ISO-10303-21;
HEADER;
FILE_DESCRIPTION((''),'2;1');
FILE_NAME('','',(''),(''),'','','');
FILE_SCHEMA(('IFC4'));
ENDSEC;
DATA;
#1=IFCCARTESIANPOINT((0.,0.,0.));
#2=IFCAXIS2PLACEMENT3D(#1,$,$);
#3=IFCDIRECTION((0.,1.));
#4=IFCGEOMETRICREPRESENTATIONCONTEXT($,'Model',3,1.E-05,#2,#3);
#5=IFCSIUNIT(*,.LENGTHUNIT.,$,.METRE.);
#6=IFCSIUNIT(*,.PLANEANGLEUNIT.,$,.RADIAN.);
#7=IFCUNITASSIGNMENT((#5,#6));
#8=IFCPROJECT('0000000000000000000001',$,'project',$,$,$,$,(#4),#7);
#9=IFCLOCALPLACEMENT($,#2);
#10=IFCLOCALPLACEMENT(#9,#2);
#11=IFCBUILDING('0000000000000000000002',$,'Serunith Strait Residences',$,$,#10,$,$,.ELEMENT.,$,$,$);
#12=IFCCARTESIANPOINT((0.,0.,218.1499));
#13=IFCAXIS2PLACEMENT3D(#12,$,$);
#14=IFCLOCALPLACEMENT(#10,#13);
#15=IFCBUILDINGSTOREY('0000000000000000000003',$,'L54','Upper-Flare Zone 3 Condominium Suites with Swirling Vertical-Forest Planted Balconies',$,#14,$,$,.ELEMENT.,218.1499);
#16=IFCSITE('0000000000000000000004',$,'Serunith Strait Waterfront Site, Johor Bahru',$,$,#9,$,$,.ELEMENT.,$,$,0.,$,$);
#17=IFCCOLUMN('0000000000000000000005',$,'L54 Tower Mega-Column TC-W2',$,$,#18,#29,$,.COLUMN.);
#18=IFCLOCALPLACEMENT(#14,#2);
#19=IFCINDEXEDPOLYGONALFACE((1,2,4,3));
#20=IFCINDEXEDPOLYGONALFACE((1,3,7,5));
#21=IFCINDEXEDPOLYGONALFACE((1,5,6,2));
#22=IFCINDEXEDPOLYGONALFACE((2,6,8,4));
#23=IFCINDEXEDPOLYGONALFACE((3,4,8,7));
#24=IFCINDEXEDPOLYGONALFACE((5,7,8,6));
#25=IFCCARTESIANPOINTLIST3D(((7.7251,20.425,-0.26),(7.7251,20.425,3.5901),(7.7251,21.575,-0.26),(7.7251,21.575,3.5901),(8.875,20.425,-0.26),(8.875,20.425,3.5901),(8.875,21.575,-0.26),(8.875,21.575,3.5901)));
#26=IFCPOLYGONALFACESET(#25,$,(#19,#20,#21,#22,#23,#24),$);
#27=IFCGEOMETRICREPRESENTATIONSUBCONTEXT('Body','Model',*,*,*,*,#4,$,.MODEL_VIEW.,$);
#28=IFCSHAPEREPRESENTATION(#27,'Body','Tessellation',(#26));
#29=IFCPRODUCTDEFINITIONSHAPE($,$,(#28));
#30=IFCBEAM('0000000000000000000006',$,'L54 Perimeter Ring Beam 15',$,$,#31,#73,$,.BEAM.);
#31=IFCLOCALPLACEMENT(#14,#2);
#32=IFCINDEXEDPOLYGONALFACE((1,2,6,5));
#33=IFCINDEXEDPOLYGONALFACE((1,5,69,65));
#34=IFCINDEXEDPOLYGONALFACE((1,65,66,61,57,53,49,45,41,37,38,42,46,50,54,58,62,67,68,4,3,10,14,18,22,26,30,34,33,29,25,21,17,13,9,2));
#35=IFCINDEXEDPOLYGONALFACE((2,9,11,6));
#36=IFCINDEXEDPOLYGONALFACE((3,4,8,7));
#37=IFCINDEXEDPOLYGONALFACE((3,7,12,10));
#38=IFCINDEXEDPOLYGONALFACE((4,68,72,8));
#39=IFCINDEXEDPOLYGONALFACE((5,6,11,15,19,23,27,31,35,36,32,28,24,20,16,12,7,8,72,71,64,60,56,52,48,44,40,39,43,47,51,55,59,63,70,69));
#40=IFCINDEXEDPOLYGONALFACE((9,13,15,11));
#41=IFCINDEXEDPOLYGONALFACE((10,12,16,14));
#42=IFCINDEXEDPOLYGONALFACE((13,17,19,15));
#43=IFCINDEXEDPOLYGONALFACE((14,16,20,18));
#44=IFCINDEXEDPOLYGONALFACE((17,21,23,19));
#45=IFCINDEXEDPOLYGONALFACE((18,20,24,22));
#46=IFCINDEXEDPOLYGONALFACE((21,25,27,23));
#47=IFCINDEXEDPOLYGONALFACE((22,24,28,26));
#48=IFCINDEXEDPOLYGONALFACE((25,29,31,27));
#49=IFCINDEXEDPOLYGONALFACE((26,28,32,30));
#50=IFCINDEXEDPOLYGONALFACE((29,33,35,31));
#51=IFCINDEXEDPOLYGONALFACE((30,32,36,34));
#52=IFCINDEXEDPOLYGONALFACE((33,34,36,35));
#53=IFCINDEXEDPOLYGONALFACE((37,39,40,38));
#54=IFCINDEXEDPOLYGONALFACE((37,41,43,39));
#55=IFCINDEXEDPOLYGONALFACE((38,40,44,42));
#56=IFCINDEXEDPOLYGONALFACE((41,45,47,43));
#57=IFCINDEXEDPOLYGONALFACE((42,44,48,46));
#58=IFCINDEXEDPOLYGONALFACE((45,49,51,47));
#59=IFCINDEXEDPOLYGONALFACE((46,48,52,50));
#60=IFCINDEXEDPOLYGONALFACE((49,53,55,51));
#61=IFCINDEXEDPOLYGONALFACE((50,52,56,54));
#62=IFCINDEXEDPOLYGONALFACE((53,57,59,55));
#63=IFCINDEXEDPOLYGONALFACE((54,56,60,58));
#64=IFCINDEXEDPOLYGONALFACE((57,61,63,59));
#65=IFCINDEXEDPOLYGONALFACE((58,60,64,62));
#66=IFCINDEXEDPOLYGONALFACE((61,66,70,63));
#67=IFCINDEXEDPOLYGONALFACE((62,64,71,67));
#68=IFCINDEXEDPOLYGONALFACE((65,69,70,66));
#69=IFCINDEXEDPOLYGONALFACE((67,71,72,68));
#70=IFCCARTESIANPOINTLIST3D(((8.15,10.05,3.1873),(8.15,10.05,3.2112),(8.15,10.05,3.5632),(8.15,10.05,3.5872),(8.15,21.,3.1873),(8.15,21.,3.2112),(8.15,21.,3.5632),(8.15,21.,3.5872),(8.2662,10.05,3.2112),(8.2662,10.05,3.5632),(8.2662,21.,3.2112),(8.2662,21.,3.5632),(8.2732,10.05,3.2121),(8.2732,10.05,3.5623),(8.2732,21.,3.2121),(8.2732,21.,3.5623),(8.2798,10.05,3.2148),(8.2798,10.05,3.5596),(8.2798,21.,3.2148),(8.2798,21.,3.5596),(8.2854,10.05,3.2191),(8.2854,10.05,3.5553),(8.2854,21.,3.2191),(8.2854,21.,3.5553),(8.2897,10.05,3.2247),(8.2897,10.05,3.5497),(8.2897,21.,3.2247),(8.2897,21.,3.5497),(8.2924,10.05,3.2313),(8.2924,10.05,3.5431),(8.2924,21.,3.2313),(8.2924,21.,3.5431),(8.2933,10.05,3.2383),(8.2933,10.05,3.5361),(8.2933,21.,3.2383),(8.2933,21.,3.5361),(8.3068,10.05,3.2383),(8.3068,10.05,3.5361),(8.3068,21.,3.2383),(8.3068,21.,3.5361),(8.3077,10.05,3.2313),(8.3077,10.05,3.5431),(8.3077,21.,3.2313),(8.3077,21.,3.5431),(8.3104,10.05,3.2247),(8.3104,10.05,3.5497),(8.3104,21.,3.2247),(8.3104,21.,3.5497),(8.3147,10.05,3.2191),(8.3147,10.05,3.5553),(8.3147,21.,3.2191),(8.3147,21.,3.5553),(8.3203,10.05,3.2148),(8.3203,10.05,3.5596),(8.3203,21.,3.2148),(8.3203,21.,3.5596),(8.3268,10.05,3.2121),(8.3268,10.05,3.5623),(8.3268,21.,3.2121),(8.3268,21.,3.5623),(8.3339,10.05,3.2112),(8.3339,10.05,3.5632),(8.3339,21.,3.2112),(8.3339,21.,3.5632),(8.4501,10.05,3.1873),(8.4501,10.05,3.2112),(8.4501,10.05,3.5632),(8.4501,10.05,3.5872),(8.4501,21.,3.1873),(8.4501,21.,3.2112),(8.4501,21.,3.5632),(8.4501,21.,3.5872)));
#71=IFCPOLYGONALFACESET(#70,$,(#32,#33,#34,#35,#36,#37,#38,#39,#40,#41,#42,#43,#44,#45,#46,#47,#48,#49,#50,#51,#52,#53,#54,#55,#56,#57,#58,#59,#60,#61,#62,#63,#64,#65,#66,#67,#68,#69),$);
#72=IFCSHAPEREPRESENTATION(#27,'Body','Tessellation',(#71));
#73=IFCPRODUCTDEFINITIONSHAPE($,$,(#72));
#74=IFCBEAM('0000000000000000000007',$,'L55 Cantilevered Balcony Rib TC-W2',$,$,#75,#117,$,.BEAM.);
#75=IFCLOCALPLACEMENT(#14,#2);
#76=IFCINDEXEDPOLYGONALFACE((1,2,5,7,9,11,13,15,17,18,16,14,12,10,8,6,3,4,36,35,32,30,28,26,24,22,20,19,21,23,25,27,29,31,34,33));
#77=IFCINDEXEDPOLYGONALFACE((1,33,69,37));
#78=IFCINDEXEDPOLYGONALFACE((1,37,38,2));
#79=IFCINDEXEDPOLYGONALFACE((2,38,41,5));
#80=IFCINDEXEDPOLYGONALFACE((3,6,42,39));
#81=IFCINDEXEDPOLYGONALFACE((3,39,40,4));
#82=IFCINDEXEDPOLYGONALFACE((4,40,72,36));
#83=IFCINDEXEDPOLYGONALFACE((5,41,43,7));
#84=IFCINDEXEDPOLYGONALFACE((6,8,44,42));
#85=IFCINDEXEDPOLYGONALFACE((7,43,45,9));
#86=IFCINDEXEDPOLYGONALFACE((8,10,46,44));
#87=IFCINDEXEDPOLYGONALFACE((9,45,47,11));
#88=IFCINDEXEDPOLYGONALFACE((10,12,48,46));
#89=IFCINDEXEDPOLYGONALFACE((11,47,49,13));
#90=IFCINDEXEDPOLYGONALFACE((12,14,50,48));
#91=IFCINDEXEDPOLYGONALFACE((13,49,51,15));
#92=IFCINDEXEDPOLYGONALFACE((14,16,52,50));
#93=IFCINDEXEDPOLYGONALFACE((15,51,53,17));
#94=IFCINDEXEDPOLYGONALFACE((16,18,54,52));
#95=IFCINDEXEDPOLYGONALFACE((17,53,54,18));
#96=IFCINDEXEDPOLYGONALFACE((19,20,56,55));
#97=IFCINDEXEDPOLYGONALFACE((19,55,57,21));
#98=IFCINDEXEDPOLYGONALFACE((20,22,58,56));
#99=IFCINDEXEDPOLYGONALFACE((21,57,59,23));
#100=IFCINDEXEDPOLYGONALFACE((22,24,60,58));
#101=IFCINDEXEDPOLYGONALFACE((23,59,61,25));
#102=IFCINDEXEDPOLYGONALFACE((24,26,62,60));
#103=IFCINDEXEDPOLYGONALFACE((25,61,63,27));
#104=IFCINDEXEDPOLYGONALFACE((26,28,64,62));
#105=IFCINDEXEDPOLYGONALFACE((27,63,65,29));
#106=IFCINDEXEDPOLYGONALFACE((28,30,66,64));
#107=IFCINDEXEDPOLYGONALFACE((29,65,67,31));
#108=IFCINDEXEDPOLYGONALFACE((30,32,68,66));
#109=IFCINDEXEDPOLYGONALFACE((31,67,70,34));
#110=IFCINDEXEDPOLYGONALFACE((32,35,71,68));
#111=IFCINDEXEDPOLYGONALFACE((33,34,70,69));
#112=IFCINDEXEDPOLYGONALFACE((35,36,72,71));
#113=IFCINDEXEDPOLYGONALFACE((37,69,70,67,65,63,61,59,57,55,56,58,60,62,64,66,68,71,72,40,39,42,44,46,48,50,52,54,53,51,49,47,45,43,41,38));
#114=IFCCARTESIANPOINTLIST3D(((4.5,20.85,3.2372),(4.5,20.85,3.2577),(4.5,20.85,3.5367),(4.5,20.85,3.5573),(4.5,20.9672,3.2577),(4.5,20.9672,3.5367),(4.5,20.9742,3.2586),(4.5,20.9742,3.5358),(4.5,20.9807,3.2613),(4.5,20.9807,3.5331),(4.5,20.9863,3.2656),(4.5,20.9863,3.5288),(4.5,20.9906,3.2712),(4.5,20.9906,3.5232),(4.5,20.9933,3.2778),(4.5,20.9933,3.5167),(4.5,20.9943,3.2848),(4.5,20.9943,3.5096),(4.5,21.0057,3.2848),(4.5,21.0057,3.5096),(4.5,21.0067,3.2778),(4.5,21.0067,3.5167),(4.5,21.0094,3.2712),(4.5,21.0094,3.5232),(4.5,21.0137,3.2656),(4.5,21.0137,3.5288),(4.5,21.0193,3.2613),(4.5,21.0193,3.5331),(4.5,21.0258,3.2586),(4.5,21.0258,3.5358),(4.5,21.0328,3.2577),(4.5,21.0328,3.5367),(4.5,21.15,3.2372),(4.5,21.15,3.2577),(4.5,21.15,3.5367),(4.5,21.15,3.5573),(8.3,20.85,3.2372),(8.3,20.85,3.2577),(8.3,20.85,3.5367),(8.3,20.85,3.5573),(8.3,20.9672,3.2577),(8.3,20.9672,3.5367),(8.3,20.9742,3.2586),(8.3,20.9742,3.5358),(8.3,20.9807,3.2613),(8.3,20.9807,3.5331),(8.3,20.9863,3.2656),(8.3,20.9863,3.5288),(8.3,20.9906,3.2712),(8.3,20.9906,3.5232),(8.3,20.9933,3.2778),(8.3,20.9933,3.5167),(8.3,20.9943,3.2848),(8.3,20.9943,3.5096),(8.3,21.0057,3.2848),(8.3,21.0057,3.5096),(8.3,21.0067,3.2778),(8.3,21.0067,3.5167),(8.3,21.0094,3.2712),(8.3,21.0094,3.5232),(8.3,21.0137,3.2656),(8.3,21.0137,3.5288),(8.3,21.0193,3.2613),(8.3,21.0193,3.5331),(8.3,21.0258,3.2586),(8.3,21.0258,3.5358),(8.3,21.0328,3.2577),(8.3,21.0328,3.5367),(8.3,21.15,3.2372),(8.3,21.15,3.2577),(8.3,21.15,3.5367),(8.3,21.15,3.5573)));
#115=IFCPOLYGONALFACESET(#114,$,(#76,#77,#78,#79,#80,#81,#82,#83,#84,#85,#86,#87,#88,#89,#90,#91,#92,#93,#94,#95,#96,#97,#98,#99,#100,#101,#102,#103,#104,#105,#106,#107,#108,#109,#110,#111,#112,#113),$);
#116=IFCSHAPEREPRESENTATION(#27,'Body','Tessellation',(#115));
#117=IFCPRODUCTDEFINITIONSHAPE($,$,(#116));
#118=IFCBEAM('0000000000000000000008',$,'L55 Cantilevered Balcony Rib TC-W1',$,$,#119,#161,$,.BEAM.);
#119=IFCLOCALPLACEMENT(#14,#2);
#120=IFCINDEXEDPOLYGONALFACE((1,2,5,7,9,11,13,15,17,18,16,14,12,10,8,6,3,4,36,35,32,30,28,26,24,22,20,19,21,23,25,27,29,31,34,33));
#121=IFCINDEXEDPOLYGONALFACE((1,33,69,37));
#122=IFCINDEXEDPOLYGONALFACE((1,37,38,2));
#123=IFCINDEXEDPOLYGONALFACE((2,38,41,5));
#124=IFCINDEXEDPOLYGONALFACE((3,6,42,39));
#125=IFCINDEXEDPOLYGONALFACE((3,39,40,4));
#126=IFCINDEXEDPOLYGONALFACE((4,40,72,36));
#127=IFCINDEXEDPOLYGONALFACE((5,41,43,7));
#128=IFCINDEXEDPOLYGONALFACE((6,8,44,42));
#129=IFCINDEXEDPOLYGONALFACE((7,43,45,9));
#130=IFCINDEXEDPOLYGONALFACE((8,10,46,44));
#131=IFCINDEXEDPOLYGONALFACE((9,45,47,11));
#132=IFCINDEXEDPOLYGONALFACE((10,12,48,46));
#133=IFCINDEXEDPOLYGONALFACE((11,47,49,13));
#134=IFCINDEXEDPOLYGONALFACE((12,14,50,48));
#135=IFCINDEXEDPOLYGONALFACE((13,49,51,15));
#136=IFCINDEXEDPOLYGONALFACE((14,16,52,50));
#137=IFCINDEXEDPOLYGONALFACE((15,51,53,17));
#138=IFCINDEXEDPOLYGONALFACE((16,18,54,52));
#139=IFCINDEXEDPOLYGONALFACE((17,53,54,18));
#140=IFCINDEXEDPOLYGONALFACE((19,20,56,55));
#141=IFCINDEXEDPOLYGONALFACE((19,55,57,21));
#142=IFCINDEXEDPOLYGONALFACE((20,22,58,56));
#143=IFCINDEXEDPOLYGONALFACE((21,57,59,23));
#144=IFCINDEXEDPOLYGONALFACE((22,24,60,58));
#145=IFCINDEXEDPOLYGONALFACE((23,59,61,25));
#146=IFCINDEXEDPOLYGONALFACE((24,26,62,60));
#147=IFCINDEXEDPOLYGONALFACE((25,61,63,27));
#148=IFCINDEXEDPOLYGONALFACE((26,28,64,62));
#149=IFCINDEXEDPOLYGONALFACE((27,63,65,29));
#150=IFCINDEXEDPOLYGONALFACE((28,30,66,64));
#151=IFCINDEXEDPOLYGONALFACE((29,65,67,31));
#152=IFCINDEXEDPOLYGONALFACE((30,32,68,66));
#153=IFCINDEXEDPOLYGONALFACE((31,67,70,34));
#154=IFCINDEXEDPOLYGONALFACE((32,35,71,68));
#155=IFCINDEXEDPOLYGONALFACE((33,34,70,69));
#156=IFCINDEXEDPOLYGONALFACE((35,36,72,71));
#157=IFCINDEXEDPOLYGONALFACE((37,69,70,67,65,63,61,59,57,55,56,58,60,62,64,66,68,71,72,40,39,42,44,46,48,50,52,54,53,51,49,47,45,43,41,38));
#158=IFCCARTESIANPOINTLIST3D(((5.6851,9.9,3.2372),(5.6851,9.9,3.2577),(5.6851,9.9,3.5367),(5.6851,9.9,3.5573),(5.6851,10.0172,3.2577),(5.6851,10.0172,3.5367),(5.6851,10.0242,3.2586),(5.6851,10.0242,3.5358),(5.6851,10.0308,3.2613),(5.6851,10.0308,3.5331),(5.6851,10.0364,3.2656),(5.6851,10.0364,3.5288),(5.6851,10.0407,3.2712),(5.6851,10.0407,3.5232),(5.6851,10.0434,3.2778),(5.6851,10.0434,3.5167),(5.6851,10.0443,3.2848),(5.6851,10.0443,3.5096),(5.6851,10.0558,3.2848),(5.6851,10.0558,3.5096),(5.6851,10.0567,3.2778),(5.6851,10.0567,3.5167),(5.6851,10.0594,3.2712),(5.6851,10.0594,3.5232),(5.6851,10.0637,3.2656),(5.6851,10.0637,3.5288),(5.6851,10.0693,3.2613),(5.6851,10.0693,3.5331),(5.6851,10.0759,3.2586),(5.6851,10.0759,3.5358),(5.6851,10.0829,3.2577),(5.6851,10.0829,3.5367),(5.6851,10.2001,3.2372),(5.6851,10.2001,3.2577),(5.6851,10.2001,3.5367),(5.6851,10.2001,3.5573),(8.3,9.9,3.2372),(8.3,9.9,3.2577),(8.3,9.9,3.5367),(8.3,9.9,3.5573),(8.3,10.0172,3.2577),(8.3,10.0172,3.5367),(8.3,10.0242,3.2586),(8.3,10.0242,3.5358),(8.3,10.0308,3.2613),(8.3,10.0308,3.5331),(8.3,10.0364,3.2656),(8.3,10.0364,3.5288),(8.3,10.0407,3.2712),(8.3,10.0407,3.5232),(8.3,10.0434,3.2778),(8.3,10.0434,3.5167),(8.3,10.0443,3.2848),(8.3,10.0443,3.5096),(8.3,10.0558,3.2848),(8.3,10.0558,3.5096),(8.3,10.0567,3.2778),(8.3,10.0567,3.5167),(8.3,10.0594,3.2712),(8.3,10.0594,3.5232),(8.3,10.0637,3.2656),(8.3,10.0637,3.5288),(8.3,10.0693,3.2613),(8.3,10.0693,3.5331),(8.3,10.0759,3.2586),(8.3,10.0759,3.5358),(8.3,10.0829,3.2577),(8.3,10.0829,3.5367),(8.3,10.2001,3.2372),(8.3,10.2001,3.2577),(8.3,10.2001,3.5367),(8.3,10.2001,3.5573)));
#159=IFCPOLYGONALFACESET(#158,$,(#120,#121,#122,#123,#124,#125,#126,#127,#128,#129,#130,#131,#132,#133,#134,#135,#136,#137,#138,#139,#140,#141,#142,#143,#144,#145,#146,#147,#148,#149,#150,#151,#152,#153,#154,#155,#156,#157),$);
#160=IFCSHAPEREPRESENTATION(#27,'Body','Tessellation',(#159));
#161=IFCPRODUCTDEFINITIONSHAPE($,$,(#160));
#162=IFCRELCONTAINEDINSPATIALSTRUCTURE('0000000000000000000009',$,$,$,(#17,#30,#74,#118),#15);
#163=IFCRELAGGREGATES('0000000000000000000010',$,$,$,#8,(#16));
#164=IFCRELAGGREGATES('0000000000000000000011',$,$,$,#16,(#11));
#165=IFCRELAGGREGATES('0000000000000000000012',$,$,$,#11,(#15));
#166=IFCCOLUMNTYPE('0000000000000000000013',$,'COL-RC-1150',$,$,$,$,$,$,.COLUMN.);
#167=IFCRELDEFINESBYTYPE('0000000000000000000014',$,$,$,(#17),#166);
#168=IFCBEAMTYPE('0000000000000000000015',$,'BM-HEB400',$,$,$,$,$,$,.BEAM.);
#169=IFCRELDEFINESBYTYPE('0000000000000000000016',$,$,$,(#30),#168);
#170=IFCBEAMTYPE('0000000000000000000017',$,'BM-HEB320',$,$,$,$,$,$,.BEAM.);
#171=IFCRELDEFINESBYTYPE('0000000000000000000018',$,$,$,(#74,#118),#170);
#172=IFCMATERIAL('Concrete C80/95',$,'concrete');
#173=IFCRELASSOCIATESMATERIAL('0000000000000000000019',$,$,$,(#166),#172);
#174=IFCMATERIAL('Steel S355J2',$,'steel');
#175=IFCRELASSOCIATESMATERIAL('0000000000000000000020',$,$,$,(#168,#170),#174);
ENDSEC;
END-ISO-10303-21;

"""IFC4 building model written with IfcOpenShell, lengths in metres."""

from ifc_helpers import new_model, si_unit, direction, frame, origin, origin_2d, place, context, subcontext, project, spatial, rectangle, i_section, extrude, source, transform, mapped, material, material_profile, profile_set, type_object, element, save


model = new_model("IFC4")

# Units and contexts
model_context = context("Model", 3, precision=1e-05, world=origin(), true_north=direction((0.0, 1.0)))
body_context = subcontext(model_context, "Body", "Model", "MODEL_VIEW")
ifc_project = project(units=[si_unit("LENGTHUNIT", "METRE"), si_unit("PLANEANGLEUNIT", "RADIAN")], contexts=[model_context])

# Site, building, storey
site_placement = place(None, origin())
site = spatial("IfcSite", under=ifc_project, at=site_placement, Name="Serunith Strait Waterfront Site, Johor Bahru", CompositionType="ELEMENT", RefElevation=0.0)
building_placement = place(site_placement, origin())
building = spatial("IfcBuilding", under=site, at=building_placement, Name="Serunith Strait Residences", CompositionType="ELEMENT")
storey_placement = place(building_placement, frame((0.0, 0.0, 218.1499)))
storey = spatial("IfcBuildingStorey", under=building, at=storey_placement, Name="L54", Description="Upper-Flare Zone 3 Condominium Suites with Swirling Vertical-Forest Planted Balconies", CompositionType="ELEMENT", Elevation=218.1499)

# Column
ifc_material_1 = material(Name="Concrete C80/95", Category="concrete")
ifc_material_profile_1 = material_profile(ifc_material_1, rectangle(XDim=1.1499, YDim=1.1499, at=origin_2d()), Name="RC 1150x1150")
ifc_profile_set_1 = profile_set([ifc_material_profile_1], Name="Concrete C80/95")
column_type = type_object("IfcColumnType", Name="COL-RC-1150", PredefinedType="COLUMN", material=ifc_profile_set_1)
shared_shape_1 = source(origin(), body_context, "Body", "SweptSolid", [
    extrude(rectangle(XDim=1.1499, YDim=1.1499, at=origin_2d()), origin(), (0.0, 0.0, 1.0), 3.8501),
])
column_placement = place(storey_placement, frame((8.3, 21.0, -0.26), z_axis=(0.0, 0.0, 1.0), x_axis=(1.0, 0.0, 0.0)))
element("IfcColumn", 1, at=column_placement, inside=storey, type_object=column_type, Name="L54 Tower Mega-Column TC-W2", PredefinedType="COLUMN", context=body_context, shape_type="MappedRepresentation", body=[
    mapped(shared_shape_1, transform((0.0, 0.0, 0.0), scale=1.0)),
])

# Beams
ifc_material_2 = material(Name="Steel S355J2", Category="steel")
ifc_material_profile_2 = material_profile(ifc_material_2, i_section(OverallWidth=0.3, OverallDepth=0.3999, WebThickness=0.0134, FlangeThickness=0.0239, FilletRadius=0.0271, at=origin_2d()), Name="HEB 400")
ifc_profile_set_2 = profile_set([ifc_material_profile_2], Name="Steel S355J2")
beam_type_1 = type_object("IfcBeamType", Name="BM-HEB400", PredefinedType="BEAM", material=ifc_profile_set_2)
shared_shape_2 = source(origin(), body_context, "Body", "SweptSolid", [
    extrude(i_section(OverallWidth=0.3, OverallDepth=0.3999, WebThickness=0.0134, FlangeThickness=0.0239, FilletRadius=0.0271, at=origin_2d()), origin(), (0.0, 0.0, 1.0), 10.95),
])
beam_1_placement = place(storey_placement, frame((8.3, 21.0, 3.3872), z_axis=(0.0, -1.0, 0.0), x_axis=(1.0, 0.0, 0.0)))
element("IfcBeam", 2, at=beam_1_placement, inside=storey, type_object=beam_type_1, Name="L54 Perimeter Ring Beam 15", PredefinedType="BEAM", context=body_context, shape_type="MappedRepresentation", body=[
    mapped(shared_shape_2, transform((0.0, 0.0, 0.0), scale=1.0)),
])
ifc_material_profile_3 = material_profile(ifc_material_2, i_section(OverallWidth=0.3, OverallDepth=0.3201, WebThickness=0.0115, FlangeThickness=0.0205, FilletRadius=0.0271, at=origin_2d()), Name="HEB 320")
ifc_profile_set_3 = profile_set([ifc_material_profile_3], Name="Steel S355J2")
beam_type_2 = type_object("IfcBeamType", Name="BM-HEB320", PredefinedType="BEAM", material=ifc_profile_set_3)
shared_shape_3 = source(origin(), body_context, "Body", "SweptSolid", [
    extrude(i_section(OverallWidth=0.3, OverallDepth=0.3201, WebThickness=0.0115, FlangeThickness=0.0205, FilletRadius=0.0271, at=origin_2d()), origin(), (0.0, 0.0, 1.0), 3.8),
])
beam_2_placement = place(storey_placement, frame((8.3, 21.0, 3.3972), z_axis=(-1.0, 0.0, 0.0), x_axis=(0.0, -1.0, 0.0)))
element("IfcBeam", 3, at=beam_2_placement, inside=storey, type_object=beam_type_2, Name="L55 Cantilevered Balcony Rib TC-W2", PredefinedType="BEAM", context=body_context, shape_type="MappedRepresentation", body=[
    mapped(shared_shape_3, transform((0.0, 0.0, 0.0), scale=1.0)),
])
shared_shape_4 = source(origin(), body_context, "Body", "SweptSolid", [
    extrude(i_section(OverallWidth=0.3, OverallDepth=0.3201, WebThickness=0.0115, FlangeThickness=0.0205, FilletRadius=0.0271, at=origin_2d()), origin(), (0.0, 0.0, 1.0), 2.615),
])
beam_3_placement = place(storey_placement, frame((8.3, 10.05, 3.3972), z_axis=(-1.0, 0.0, 0.0), x_axis=(0.0, -1.0, 0.0)))
element("IfcBeam", 4, at=beam_3_placement, inside=storey, type_object=beam_type_2, Name="L55 Cantilevered Balcony Rib TC-W1", PredefinedType="BEAM", context=body_context, shape_type="MappedRepresentation", body=[
    mapped(shared_shape_4, transform((0.0, 0.0, 0.0), scale=1.0)),
])

save(model, "model.ifc")
